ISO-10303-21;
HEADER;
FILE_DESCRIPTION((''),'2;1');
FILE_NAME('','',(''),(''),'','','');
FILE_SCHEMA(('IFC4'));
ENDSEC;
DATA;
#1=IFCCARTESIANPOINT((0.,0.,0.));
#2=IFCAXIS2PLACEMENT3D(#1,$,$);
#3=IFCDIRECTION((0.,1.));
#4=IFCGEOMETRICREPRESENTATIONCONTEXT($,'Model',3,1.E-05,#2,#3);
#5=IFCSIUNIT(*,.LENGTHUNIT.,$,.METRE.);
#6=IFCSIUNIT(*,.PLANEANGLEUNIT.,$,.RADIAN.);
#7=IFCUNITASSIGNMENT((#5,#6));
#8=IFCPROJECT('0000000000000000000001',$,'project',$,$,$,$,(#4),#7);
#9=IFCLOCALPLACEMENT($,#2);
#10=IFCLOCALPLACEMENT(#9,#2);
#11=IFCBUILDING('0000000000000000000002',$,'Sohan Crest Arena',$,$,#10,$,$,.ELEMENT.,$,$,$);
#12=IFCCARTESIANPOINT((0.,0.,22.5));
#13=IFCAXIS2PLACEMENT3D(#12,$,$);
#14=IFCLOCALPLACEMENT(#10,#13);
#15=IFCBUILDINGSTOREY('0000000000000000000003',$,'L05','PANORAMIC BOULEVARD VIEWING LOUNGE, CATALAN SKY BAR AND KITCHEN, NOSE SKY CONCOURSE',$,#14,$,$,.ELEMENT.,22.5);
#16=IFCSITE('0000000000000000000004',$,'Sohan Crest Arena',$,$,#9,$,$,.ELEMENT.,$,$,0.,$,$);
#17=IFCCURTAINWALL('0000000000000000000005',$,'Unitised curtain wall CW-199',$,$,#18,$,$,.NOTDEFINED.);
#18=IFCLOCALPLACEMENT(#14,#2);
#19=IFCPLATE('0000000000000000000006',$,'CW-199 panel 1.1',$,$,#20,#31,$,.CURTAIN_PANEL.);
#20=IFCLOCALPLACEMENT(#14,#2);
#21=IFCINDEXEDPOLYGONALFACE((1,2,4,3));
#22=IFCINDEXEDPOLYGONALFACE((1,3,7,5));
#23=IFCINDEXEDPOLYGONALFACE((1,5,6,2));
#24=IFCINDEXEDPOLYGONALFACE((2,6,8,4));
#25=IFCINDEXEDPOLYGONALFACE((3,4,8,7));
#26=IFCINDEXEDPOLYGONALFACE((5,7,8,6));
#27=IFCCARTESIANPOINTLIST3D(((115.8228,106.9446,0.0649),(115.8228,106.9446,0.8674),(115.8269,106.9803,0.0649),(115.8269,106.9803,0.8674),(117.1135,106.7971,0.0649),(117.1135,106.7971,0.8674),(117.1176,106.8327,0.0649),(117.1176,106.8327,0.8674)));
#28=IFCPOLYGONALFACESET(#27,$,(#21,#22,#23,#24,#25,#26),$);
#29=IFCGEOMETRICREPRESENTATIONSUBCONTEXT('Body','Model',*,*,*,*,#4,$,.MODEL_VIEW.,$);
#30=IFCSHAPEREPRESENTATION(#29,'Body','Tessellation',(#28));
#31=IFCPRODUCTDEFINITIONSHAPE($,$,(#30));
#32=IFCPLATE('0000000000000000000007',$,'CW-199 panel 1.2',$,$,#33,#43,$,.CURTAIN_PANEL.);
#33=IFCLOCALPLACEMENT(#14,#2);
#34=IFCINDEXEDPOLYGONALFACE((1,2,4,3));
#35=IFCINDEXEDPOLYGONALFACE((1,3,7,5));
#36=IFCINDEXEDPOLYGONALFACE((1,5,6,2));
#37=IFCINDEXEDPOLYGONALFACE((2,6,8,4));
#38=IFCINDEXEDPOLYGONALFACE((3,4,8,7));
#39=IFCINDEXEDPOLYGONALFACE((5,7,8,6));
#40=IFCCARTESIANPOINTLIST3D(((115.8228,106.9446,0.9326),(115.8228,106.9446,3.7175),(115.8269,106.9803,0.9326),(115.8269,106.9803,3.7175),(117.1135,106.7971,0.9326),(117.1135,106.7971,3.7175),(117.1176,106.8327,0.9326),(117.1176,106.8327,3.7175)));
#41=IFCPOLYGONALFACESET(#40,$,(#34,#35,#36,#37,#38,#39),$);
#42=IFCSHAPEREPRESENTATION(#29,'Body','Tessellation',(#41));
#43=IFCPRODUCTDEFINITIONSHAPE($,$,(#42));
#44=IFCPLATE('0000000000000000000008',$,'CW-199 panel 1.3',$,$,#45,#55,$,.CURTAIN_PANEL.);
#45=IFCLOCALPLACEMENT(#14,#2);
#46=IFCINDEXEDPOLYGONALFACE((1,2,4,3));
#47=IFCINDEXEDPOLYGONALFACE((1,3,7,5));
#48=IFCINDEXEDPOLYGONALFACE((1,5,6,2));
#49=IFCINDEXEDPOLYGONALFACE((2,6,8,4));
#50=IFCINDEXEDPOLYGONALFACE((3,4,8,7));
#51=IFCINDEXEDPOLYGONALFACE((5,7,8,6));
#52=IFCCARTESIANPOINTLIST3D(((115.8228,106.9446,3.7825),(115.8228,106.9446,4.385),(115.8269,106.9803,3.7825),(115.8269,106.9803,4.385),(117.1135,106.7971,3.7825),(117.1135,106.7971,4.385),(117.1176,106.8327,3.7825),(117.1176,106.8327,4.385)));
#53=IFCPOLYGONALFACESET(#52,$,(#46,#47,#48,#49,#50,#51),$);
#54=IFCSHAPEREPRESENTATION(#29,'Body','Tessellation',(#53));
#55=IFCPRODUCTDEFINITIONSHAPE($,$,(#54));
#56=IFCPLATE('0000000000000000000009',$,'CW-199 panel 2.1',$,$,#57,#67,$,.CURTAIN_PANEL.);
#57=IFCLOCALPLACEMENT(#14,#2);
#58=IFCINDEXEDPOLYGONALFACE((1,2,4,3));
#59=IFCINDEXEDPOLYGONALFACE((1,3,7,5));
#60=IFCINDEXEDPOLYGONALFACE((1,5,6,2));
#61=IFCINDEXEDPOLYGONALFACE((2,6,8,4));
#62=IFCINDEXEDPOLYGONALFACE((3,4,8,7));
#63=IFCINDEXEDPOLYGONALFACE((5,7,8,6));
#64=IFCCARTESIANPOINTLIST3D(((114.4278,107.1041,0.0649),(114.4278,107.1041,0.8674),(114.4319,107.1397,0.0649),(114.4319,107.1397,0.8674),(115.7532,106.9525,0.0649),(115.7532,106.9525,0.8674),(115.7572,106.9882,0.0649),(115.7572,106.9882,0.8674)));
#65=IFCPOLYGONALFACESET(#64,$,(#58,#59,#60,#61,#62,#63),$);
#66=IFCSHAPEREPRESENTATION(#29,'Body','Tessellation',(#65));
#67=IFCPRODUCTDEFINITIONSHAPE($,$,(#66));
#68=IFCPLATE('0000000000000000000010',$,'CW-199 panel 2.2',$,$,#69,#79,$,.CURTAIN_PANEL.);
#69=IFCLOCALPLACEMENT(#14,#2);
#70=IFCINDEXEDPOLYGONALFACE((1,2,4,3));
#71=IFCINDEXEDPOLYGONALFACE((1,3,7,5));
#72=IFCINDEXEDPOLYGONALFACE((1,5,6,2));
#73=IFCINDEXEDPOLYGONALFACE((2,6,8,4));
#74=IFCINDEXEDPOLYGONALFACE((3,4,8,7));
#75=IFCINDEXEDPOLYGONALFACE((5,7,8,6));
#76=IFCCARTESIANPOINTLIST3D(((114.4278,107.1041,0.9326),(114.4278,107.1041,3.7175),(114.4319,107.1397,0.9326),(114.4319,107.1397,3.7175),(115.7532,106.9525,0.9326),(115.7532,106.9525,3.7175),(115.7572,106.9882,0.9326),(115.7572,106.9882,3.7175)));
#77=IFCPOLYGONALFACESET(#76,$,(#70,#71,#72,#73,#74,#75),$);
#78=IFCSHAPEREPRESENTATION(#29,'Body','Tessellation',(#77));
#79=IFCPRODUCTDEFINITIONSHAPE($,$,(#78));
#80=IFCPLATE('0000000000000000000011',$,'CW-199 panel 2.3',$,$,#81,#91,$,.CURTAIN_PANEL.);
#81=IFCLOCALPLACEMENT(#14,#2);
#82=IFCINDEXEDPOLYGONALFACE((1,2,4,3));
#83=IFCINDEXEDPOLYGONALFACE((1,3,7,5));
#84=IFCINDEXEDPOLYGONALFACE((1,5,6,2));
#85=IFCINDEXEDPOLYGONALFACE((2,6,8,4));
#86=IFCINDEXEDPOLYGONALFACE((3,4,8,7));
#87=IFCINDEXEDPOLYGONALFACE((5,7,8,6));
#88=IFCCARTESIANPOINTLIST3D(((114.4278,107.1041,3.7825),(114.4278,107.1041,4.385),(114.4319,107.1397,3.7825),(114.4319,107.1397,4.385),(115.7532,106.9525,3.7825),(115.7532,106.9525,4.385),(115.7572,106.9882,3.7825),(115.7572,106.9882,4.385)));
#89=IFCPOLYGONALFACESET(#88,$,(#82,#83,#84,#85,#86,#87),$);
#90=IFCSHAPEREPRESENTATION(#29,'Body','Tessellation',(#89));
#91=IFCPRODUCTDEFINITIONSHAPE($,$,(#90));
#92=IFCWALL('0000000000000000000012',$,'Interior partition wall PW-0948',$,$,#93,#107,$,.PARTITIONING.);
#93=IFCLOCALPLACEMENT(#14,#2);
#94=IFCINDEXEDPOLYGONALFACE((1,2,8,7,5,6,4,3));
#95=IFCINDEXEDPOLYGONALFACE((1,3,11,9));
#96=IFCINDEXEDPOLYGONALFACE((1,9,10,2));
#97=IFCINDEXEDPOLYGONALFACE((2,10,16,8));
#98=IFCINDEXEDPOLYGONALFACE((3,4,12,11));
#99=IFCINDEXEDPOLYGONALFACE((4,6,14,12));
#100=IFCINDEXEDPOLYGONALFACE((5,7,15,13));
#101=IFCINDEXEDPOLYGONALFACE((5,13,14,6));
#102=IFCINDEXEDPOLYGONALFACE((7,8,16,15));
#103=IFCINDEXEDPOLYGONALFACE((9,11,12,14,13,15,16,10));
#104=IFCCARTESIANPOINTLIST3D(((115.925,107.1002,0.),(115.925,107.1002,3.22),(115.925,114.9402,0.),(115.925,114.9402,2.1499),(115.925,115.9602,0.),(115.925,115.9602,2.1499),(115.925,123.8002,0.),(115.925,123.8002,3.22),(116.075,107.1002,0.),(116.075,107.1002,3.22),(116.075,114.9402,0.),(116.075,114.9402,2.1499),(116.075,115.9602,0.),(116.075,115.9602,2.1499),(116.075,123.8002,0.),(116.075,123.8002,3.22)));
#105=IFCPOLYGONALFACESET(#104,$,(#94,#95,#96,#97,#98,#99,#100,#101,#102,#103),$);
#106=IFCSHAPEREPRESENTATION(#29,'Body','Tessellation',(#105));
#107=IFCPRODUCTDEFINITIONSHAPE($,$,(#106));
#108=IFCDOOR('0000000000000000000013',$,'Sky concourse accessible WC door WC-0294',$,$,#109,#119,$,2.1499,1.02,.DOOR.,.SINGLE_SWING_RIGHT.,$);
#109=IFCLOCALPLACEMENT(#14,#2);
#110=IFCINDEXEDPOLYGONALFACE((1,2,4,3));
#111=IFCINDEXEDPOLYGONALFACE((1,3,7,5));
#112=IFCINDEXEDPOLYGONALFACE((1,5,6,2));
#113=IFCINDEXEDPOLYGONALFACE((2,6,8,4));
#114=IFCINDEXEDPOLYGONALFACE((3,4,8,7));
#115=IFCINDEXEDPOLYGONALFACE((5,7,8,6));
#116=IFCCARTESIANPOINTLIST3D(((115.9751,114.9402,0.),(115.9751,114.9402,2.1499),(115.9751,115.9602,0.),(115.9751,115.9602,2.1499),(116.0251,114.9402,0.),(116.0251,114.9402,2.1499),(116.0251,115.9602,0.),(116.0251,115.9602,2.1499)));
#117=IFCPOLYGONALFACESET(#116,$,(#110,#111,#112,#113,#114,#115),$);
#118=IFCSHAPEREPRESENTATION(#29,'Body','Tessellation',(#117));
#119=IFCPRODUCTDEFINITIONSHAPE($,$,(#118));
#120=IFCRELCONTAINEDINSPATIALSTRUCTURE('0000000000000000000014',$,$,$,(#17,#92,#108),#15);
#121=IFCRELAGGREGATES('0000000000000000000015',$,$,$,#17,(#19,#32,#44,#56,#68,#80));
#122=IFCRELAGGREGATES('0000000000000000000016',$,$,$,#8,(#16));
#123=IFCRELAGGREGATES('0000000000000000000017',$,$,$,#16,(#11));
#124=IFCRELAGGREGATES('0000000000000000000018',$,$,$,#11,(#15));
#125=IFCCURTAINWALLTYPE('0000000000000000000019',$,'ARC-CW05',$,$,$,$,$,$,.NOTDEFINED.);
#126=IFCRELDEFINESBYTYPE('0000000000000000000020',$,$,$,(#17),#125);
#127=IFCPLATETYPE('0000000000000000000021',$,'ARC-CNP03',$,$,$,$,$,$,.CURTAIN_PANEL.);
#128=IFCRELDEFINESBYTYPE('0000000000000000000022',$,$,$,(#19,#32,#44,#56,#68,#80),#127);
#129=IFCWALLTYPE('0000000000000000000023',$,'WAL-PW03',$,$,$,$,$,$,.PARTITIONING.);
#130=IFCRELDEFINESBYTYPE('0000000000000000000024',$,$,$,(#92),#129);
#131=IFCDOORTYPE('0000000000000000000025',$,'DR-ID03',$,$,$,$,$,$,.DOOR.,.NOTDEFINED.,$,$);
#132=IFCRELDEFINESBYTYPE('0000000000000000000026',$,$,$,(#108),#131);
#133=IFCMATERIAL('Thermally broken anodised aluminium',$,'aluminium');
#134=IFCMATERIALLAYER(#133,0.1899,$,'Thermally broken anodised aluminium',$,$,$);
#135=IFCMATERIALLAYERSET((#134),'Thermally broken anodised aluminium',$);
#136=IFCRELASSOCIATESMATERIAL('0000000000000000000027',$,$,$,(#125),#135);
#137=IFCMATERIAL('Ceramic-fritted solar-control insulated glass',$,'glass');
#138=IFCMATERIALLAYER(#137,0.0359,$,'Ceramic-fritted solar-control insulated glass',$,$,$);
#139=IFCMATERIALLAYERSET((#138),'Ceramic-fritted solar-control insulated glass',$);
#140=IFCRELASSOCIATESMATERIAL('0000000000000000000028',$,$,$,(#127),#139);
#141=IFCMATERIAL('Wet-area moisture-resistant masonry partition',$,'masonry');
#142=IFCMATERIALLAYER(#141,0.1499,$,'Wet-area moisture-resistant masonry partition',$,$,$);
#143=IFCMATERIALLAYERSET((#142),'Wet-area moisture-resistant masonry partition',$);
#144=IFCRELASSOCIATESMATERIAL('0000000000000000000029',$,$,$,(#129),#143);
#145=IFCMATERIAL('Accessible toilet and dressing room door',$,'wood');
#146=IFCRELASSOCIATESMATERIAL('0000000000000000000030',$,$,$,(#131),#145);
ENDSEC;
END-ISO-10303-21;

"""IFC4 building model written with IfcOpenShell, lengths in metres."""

from ifc_helpers import new_model, si_unit, direction, frame, frame_2d, origin, origin_2d, place, context, subcontext, project, spatial, rectangle, extrude, material, layer, layer_set, type_object, element, fill, aggregate, save


model = new_model("IFC4")

# Units and contexts
model_context = context("Model", 3, precision=1e-05, world=origin(), true_north=direction((0.0, 1.0)))
body_context = subcontext(model_context, "Body", "Model", "MODEL_VIEW")
ifc_project = project(units=[si_unit("LENGTHUNIT", "METRE"), si_unit("PLANEANGLEUNIT", "RADIAN")], contexts=[model_context])

# Site, building, storey
site_placement = place(None, origin())
site = spatial("IfcSite", under=ifc_project, at=site_placement, Name="Sohan Crest Arena", CompositionType="ELEMENT", RefElevation=0.0)
building_placement = place(site_placement, origin())
building = spatial("IfcBuilding", under=site, at=building_placement, Name="Sohan Crest Arena", CompositionType="ELEMENT")
storey_placement = place(building_placement, frame((0.0, 0.0, 22.5)))
storey = spatial("IfcBuildingStorey", under=building, at=storey_placement, Name="L05", Description="PANORAMIC BOULEVARD VIEWING LOUNGE, CATALAN SKY BAR AND KITCHEN, NOSE SKY CONCOURSE", CompositionType="ELEMENT", Elevation=22.5)

# Curtain wall, plates
ifc_material_1 = material(Name="Thermally broken anodised aluminium", Category="aluminium")
ifc_layer_1 = layer(ifc_material_1, 0.1899, Name="Thermally broken anodised aluminium")
ifc_layer_set_1 = layer_set([ifc_layer_1], Name="Thermally broken anodised aluminium")
curtain_wall_type = type_object("IfcCurtainWallType", Name="ARC-CW05", PredefinedType="NOTDEFINED", material=ifc_layer_set_1)
curtain_wall_placement = place(storey_placement, origin())
curtain_wall = element("IfcCurtainWall", 1, at=curtain_wall_placement, inside=storey, type_object=curtain_wall_type, Name="Unitised curtain wall CW-199", PredefinedType="NOTDEFINED")
ifc_material_2 = material(Name="Ceramic-fritted solar-control insulated glass", Category="glass")
ifc_layer_2 = layer(ifc_material_2, 0.0359, Name="Ceramic-fritted solar-control insulated glass")
ifc_layer_set_2 = layer_set([ifc_layer_2], Name="Ceramic-fritted solar-control insulated glass")
plate_type = type_object("IfcPlateType", Name="ARC-CNP03", PredefinedType="CURTAIN_PANEL", material=ifc_layer_set_2)
plate_1_placement = place(storey_placement, frame((116.4702, 106.8887, 0.0649), z_axis=(0.0, 0.0, 1.0), x_axis=(-0.993527, 0.113597, 0.0)))
plate_1 = element("IfcPlate", 2, at=plate_1_placement, type_object=plate_type, Name="CW-199 panel 1.1", PredefinedType="CURTAIN_PANEL", context=body_context, shape_type="SweptSolid", body=[
    extrude(rectangle(XDim=1.2991, YDim=0.0359, at=origin_2d()), origin(), (0.0, 0.0, 1.0), 0.8025),
])
plate_2_placement = place(storey_placement, frame((116.4702, 106.8887, 0.9326), z_axis=(0.0, 0.0, 1.0), x_axis=(-0.993527, 0.113597, 0.0)))
plate_2 = element("IfcPlate", 3, at=plate_2_placement, type_object=plate_type, Name="CW-199 panel 1.2", PredefinedType="CURTAIN_PANEL", context=body_context, shape_type="SweptSolid", body=[
    extrude(rectangle(XDim=1.2991, YDim=0.0359, at=origin_2d()), origin(), (0.0, 0.0, 1.0), 2.7849),
])
plate_3_placement = place(storey_placement, frame((116.4702, 106.8887, 3.7825), z_axis=(0.0, 0.0, 1.0), x_axis=(-0.993527, 0.113597, 0.0)))
plate_3 = element("IfcPlate", 4, at=plate_3_placement, type_object=plate_type, Name="CW-199 panel 1.3", PredefinedType="CURTAIN_PANEL", context=body_context, shape_type="SweptSolid", body=[
    extrude(rectangle(XDim=1.2991, YDim=0.0359, at=origin_2d()), origin(), (0.0, 0.0, 1.0), 0.6025),
])
plate_4_placement = place(storey_placement, frame((115.0925, 107.0461, 0.0649), z_axis=(0.0, 0.0, 1.0), x_axis=(-0.993527, 0.113597, 0.0)))
plate_4 = element("IfcPlate", 5, at=plate_4_placement, type_object=plate_type, Name="CW-199 panel 2.1", PredefinedType="CURTAIN_PANEL", context=body_context, shape_type="SweptSolid", body=[
    extrude(rectangle(XDim=1.334, YDim=0.0359, at=origin_2d()), origin(), (0.0, 0.0, 1.0), 0.8025),
])
plate_5_placement = place(storey_placement, frame((115.0925, 107.0461, 0.9326), z_axis=(0.0, 0.0, 1.0), x_axis=(-0.993527, 0.113597, 0.0)))
plate_5 = element("IfcPlate", 6, at=plate_5_placement, type_object=plate_type, Name="CW-199 panel 2.2", PredefinedType="CURTAIN_PANEL", context=body_context, shape_type="SweptSolid", body=[
    extrude(rectangle(XDim=1.334, YDim=0.0359, at=origin_2d()), origin(), (0.0, 0.0, 1.0), 2.7849),
])
plate_6_placement = place(storey_placement, frame((115.0925, 107.0461, 3.7825), z_axis=(0.0, 0.0, 1.0), x_axis=(-0.993527, 0.113597, 0.0)))
plate_6 = element("IfcPlate", 7, at=plate_6_placement, type_object=plate_type, Name="CW-199 panel 2.3", PredefinedType="CURTAIN_PANEL", context=body_context, shape_type="SweptSolid", body=[
    extrude(rectangle(XDim=1.334, YDim=0.0359, at=origin_2d()), origin(), (0.0, 0.0, 1.0), 0.6025),
])
aggregate(curtain_wall, [plate_1, plate_2, plate_3, plate_4, plate_5, plate_6])

# Wall, opening, door
ifc_material_3 = material(Name="Wet-area moisture-resistant masonry partition", Category="masonry")
ifc_layer_3 = layer(ifc_material_3, 0.1499, Name="Wet-area moisture-resistant masonry partition")
ifc_layer_set_3 = layer_set([ifc_layer_3], Name="Wet-area moisture-resistant masonry partition")
wall_type = type_object("IfcWallType", Name="WAL-PW03", PredefinedType="PARTITIONING", material=ifc_layer_set_3)
wall_placement = place(storey_placement, frame((116.0, 107.1001, 0.0), z_axis=(0.0, 0.0, 1.0), x_axis=(0.0, 1.0, 0.0)))
wall = element("IfcWall", 8, at=wall_placement, inside=storey, type_object=wall_type, Name="Interior partition wall PW-0948", PredefinedType="PARTITIONING", context=body_context, shape_type="SweptSolid", body=[
    extrude(rectangle(XDim=16.7, YDim=0.1499, at=frame_2d((8.3501, 0.0))), origin(), (0.0, 0.0, 1.0), 3.22),
])
opening_placement = place(wall_placement, frame((7.8401, 0.0, 0.0)))
opening = element("IfcOpeningElement", 9, at=opening_placement, cuts=wall, PredefinedType="OPENING", context=body_context, shape_type="SweptSolid", body=[
    extrude(rectangle(XDim=1.02, YDim=2.1499, at=frame_2d((0.51, 1.075))), frame((0.0, 0.085, 0.0), z_axis=(0.0, -1.0, 0.0), x_axis=(1.0, 0.0, 0.0)), (0.0, 0.0, 1.0), 0.1699),
])
ifc_material_4 = material(Name="Accessible toilet and dressing room door", Category="wood")
door_type = type_object("IfcDoorType", Name="DR-ID03", OperationType="NOTDEFINED", PredefinedType="DOOR", material=ifc_material_4)
door_placement = place(opening_placement, origin())
door = element("IfcDoor", 10, at=door_placement, inside=storey, type_object=door_type, Name="Sky concourse accessible WC door WC-0294", OperationType="SINGLE_SWING_RIGHT", OverallHeight=2.1499, OverallWidth=1.02, PredefinedType="DOOR", context=body_context, shape_type="SweptSolid", body=[
    extrude(rectangle(XDim=1.02, YDim=2.1499, at=frame_2d((0.51, 1.075))), frame((0.0, 0.0249, 0.0), z_axis=(0.0, -1.0, 0.0), x_axis=(1.0, 0.0, 0.0)), (0.0, 0.0, 1.0), 0.05),
])
fill(opening, door)

save(model, "model.ifc")
